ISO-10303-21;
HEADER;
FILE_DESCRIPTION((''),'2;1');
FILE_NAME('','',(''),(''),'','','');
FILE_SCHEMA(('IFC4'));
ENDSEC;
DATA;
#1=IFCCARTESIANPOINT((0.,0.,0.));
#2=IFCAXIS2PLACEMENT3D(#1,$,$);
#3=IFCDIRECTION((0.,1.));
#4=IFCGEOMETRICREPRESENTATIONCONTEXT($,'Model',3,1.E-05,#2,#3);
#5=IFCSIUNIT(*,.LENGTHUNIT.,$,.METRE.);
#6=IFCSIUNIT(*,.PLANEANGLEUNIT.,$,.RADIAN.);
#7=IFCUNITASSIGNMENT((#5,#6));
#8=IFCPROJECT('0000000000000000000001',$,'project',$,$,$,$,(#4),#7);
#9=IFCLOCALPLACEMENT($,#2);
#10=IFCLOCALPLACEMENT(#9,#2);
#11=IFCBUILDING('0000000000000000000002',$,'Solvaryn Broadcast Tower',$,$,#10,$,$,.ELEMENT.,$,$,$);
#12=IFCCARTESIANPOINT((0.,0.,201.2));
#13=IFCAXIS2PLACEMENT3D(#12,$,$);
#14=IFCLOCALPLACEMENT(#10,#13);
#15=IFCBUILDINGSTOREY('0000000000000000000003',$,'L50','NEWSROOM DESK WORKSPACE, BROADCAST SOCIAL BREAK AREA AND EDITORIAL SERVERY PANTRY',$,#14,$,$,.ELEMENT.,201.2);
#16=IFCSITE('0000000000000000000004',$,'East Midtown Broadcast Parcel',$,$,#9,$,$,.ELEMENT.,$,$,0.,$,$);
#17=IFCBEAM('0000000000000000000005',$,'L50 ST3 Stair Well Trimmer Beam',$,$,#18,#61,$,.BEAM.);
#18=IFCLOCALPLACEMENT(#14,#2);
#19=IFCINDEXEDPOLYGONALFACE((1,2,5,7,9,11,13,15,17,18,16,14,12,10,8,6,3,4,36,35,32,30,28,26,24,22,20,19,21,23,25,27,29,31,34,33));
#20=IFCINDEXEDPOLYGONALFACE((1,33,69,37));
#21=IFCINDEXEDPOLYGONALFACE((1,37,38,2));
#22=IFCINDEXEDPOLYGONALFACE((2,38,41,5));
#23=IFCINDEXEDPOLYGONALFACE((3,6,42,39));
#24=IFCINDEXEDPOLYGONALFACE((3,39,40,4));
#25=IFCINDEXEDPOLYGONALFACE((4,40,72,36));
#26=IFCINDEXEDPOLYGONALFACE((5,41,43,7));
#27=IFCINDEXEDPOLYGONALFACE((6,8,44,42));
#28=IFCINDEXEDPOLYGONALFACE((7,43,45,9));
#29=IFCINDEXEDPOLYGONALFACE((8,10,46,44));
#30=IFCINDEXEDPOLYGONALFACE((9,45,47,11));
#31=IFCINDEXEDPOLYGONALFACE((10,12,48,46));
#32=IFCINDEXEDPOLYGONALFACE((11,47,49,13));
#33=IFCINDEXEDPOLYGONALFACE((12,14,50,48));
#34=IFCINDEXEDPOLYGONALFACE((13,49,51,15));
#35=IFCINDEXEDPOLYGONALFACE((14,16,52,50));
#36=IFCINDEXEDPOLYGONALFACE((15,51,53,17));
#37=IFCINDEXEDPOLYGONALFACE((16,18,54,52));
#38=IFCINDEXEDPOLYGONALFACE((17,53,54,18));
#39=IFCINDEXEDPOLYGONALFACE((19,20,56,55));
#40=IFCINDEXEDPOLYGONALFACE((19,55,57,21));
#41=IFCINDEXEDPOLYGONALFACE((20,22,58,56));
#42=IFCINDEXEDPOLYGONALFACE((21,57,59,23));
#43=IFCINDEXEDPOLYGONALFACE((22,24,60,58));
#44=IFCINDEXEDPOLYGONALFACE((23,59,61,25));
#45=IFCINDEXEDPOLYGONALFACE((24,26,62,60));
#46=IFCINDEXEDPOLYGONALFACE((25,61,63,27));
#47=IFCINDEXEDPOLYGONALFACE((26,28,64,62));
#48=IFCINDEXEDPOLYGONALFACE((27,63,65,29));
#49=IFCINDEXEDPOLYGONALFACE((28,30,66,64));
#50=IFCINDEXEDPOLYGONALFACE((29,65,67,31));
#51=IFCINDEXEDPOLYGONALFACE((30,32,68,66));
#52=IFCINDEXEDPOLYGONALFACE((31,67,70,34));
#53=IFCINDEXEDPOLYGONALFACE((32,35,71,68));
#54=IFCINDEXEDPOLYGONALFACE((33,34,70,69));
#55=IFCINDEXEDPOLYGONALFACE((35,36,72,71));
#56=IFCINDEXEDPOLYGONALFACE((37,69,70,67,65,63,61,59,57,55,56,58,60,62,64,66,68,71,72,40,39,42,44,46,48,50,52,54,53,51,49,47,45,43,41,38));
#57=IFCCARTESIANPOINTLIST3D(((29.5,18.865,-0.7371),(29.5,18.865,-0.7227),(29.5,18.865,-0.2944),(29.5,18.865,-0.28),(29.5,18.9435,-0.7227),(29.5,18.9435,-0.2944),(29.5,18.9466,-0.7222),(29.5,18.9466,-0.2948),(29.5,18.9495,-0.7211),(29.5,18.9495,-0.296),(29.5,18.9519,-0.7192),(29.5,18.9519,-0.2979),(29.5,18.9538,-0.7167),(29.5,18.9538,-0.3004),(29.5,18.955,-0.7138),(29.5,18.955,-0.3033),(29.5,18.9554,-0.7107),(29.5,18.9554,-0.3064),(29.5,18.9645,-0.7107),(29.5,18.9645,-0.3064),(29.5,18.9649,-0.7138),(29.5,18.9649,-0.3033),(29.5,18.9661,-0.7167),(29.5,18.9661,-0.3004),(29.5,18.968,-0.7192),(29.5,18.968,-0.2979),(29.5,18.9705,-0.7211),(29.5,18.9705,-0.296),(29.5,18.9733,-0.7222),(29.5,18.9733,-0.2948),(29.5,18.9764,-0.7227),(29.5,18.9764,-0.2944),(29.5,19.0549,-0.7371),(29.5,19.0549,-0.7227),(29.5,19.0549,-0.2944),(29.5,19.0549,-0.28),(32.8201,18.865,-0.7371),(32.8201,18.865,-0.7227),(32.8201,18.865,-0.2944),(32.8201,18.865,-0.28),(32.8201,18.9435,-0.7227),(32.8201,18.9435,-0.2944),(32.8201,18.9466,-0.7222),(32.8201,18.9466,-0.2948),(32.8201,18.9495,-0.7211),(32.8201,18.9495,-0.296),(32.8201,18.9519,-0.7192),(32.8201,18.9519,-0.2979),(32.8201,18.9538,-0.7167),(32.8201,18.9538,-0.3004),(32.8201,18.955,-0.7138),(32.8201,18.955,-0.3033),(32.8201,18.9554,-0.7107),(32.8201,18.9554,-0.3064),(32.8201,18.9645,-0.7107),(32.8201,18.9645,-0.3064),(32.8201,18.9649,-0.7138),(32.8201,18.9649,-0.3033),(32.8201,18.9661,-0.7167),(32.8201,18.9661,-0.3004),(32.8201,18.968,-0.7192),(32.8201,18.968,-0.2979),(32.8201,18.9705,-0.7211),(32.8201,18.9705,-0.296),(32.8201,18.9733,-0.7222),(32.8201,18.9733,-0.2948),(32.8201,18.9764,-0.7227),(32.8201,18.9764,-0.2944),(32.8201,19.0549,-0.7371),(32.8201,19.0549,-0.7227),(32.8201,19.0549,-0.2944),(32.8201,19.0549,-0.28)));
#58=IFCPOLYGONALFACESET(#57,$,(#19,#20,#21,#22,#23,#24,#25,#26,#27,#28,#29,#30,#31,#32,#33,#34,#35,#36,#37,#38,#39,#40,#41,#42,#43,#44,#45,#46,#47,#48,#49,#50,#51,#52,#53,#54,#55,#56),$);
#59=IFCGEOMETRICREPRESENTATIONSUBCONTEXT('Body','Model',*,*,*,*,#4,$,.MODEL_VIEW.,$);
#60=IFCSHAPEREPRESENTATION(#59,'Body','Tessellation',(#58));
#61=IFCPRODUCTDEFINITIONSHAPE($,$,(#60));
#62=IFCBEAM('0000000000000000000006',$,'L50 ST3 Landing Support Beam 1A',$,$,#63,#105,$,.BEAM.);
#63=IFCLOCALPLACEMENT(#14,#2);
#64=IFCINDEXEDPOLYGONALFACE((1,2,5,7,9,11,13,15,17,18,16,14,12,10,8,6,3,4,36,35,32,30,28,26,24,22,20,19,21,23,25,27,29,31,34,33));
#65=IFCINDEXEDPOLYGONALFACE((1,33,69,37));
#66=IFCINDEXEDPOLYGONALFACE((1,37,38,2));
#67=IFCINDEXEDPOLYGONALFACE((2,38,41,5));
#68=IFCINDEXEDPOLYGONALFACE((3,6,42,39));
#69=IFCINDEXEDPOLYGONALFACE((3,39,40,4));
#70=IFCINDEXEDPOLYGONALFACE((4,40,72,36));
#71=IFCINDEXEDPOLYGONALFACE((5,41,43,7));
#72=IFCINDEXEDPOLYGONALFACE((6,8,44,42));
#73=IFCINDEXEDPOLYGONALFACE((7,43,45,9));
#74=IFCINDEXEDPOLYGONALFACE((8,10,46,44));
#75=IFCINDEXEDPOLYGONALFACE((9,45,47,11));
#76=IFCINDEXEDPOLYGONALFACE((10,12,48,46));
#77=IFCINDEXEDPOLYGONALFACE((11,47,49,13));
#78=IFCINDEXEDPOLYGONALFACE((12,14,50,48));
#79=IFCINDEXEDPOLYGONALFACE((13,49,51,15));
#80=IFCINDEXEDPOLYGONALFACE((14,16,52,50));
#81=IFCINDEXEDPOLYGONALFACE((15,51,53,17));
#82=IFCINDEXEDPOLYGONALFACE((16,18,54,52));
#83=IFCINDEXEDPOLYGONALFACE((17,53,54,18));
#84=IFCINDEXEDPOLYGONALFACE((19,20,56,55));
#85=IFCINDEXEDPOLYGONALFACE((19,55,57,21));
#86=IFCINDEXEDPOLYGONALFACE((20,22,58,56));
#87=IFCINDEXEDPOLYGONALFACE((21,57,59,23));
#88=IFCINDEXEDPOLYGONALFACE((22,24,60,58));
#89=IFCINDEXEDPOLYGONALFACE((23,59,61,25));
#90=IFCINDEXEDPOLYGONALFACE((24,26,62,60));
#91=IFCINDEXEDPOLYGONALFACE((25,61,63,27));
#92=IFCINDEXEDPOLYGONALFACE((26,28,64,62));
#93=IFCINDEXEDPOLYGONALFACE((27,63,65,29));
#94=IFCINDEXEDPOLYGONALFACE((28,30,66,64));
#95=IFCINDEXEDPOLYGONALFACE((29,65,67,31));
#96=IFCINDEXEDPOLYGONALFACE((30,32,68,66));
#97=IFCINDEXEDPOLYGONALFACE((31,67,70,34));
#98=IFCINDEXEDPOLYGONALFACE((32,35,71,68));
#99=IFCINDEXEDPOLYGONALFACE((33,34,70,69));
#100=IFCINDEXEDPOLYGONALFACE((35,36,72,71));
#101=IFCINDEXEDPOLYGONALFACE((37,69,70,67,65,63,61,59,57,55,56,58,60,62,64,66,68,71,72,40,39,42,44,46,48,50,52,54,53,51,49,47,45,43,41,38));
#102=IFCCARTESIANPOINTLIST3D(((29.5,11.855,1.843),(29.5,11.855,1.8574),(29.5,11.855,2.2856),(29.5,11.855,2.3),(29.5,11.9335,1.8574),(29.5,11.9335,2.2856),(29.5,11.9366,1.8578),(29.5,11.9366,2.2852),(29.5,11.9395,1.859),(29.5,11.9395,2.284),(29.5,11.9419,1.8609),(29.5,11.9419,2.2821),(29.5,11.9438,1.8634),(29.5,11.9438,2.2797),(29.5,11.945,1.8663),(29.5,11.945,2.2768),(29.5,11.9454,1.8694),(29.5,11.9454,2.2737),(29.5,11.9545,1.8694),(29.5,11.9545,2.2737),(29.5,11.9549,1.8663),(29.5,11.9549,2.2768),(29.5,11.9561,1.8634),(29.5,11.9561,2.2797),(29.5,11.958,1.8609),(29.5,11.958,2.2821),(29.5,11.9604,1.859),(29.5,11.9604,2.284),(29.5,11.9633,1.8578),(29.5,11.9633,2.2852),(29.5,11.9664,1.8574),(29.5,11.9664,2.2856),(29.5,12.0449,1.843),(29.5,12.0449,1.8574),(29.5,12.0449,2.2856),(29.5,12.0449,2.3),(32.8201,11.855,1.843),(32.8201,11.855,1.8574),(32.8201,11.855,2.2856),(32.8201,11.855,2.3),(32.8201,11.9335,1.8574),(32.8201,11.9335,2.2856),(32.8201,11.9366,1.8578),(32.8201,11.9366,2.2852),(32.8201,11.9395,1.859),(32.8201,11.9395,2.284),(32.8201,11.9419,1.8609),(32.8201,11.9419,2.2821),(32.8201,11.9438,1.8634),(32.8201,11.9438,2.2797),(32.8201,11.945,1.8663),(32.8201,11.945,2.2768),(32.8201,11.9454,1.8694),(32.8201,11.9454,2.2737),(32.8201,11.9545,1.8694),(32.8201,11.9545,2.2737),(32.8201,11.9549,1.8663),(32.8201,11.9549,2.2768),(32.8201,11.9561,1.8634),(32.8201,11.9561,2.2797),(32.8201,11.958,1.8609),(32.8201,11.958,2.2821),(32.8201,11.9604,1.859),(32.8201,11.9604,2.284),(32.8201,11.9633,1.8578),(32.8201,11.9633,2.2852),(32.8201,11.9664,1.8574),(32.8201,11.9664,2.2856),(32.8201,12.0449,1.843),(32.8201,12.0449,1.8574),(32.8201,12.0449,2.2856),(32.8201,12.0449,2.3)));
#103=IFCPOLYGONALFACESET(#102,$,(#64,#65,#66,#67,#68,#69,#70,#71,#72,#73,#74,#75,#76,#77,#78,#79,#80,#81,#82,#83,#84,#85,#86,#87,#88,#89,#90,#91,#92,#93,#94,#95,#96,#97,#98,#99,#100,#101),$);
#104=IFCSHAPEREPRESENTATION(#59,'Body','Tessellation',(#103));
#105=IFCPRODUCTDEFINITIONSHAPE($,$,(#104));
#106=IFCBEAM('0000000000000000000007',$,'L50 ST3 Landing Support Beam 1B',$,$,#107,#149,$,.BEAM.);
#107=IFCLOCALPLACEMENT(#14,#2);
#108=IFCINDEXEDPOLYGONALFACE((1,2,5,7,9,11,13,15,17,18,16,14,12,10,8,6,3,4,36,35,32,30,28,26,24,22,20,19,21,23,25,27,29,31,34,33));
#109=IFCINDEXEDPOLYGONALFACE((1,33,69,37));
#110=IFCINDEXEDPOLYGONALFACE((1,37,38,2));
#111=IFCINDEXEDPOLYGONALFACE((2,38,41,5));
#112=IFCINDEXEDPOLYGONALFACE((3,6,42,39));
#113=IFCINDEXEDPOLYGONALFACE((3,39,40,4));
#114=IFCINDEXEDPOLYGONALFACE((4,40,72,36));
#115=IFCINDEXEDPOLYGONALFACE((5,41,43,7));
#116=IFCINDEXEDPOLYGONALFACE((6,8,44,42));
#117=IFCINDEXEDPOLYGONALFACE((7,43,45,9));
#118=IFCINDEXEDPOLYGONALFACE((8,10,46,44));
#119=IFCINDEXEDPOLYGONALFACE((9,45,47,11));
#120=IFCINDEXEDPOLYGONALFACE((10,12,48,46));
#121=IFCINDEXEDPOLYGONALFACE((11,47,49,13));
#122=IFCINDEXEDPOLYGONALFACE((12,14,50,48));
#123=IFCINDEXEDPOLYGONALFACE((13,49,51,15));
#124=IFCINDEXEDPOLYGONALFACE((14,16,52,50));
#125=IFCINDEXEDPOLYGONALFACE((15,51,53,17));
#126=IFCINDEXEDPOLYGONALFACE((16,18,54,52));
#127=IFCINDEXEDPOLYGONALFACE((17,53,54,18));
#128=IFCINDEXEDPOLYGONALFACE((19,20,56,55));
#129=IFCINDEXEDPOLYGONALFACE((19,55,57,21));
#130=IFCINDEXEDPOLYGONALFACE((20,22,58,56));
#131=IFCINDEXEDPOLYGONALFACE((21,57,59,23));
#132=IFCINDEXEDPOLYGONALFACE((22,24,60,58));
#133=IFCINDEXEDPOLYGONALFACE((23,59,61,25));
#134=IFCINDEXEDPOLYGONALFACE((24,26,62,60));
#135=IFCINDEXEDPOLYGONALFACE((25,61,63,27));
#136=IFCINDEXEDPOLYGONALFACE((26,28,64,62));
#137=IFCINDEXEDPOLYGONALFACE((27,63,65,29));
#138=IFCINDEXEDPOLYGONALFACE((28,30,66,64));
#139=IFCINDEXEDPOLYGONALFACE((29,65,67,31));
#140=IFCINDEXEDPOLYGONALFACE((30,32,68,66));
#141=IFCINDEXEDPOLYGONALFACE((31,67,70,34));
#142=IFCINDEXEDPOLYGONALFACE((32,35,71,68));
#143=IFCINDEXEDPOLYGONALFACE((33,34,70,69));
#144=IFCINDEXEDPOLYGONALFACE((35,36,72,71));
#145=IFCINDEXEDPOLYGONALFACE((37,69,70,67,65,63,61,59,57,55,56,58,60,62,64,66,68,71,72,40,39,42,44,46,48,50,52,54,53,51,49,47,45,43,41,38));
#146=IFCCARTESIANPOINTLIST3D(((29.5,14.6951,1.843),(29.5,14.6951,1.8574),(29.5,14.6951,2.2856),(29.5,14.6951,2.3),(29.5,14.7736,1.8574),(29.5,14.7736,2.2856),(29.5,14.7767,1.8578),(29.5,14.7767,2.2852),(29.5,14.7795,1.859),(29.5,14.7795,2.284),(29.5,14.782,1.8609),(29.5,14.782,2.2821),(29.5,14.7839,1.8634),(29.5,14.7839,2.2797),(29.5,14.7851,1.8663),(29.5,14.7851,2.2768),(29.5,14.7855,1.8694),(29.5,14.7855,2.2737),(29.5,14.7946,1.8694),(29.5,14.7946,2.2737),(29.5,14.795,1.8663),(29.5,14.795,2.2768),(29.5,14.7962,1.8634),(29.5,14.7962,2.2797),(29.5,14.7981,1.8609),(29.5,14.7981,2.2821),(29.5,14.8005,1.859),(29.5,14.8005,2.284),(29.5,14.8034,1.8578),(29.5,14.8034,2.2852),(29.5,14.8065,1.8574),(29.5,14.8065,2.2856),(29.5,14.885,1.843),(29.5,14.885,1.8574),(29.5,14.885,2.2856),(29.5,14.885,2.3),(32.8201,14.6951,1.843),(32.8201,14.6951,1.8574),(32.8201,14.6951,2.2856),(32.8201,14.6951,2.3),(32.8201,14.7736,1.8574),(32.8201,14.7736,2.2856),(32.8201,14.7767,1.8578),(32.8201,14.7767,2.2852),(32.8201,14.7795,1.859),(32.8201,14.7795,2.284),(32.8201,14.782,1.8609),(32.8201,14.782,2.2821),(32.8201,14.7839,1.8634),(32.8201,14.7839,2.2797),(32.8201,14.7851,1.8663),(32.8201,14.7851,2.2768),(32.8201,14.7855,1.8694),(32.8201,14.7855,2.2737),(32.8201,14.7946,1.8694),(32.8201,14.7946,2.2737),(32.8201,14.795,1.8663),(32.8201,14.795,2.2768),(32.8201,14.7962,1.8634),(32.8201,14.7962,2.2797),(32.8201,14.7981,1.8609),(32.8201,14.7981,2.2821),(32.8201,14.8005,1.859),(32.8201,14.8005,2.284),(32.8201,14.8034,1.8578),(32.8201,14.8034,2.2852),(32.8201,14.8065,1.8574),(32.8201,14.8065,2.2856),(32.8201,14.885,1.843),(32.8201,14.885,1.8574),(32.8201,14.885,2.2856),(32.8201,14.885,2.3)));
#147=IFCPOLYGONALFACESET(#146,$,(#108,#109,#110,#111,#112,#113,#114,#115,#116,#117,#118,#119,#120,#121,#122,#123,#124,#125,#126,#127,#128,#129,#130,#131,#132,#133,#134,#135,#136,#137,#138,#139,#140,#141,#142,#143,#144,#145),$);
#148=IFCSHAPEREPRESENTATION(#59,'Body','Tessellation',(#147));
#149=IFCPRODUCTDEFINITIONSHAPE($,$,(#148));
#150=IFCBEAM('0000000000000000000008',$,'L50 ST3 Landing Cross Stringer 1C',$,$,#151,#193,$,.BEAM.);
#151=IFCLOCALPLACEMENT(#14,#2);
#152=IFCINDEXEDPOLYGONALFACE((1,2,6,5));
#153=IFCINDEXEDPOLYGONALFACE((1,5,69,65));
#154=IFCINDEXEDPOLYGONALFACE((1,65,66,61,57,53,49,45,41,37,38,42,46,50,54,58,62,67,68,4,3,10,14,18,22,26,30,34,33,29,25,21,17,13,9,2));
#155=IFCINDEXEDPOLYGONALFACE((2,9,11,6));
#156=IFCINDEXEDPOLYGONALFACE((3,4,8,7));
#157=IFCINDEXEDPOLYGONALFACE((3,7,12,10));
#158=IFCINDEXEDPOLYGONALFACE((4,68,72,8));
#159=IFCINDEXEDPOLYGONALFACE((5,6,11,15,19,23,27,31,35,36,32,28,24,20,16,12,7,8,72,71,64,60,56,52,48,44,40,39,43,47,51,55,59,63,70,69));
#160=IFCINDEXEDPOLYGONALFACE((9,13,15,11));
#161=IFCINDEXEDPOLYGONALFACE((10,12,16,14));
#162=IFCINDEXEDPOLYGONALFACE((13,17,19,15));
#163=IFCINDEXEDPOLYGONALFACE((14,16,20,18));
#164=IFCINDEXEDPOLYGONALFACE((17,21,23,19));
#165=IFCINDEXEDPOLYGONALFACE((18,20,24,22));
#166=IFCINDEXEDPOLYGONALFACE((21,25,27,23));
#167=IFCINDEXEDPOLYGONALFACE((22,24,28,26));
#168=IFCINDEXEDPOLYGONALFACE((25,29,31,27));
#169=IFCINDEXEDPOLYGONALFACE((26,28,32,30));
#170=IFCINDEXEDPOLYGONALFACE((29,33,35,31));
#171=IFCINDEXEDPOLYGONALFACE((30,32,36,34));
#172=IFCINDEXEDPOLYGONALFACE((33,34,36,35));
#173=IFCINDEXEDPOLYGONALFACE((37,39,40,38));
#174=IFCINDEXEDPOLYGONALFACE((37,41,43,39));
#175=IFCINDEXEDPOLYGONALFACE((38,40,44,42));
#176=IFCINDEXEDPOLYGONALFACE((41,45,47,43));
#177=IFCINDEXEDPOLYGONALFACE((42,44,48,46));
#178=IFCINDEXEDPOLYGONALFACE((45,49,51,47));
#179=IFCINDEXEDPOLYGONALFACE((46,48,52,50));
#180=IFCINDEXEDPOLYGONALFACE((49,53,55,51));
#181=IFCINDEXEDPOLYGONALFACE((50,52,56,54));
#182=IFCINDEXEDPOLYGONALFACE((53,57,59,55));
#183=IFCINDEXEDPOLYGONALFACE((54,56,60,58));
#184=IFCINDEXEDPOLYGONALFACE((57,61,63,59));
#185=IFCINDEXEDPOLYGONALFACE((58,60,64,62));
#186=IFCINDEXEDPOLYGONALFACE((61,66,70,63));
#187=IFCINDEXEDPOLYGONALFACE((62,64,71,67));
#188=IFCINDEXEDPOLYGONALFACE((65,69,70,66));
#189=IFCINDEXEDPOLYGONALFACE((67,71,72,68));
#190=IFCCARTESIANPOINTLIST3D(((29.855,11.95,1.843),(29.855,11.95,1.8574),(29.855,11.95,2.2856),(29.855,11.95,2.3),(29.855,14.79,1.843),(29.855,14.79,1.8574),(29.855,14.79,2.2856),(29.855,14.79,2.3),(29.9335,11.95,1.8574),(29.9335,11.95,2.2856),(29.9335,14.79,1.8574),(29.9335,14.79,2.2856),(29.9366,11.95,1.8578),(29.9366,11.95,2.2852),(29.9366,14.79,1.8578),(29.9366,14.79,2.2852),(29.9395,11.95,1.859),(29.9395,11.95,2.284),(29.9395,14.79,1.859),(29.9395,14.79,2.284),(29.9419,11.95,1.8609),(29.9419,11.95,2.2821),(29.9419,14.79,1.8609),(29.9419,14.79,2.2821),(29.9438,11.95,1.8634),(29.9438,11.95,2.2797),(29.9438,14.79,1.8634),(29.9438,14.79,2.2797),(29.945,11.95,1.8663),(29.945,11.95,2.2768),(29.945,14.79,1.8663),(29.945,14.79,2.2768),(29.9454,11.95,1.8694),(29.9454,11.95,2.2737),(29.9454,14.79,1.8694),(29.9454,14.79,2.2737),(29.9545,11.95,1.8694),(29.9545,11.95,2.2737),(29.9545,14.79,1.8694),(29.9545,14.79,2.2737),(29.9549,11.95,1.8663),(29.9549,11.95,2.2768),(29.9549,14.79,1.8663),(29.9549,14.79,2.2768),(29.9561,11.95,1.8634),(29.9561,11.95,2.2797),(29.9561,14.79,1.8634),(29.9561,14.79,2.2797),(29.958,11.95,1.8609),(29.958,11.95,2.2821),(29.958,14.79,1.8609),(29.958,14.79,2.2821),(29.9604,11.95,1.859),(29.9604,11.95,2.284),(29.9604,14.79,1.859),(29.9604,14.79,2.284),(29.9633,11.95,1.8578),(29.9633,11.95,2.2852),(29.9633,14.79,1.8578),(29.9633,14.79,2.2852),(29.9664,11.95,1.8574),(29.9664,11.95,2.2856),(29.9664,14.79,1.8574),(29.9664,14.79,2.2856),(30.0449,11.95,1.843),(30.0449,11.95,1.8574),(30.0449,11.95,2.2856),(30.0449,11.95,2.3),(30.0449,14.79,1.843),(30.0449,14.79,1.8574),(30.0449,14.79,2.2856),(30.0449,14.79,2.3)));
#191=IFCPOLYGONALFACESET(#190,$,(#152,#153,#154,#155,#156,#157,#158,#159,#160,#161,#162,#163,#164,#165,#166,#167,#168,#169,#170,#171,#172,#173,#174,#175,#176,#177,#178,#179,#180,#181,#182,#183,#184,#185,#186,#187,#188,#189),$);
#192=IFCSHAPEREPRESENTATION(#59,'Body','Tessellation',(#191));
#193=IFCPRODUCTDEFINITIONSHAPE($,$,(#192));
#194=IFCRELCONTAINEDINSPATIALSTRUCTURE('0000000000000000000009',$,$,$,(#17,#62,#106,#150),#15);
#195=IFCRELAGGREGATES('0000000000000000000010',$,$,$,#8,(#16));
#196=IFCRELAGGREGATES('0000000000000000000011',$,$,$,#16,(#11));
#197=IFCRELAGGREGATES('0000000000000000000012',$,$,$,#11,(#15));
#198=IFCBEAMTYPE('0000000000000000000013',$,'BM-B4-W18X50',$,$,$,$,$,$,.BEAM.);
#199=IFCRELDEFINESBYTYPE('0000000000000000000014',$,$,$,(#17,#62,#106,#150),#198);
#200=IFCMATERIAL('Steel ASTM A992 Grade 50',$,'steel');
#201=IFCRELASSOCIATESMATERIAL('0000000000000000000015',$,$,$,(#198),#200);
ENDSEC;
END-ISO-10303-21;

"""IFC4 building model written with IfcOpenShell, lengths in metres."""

from ifc_helpers import new_model, si_unit, direction, frame, origin, origin_2d, place, context, subcontext, project, spatial, i_section, extrude, material, material_profile, profile_set, type_object, element, save


model = new_model("IFC4")

# Units and contexts
model_context = context("Model", 3, precision=1e-05, world=origin(), true_north=direction((0.0, 1.0)))
body_context = subcontext(model_context, "Body", "Model", "MODEL_VIEW")
ifc_project = project(units=[si_unit("LENGTHUNIT", "METRE"), si_unit("PLANEANGLEUNIT", "RADIAN")], contexts=[model_context])

# Site, building, storey
site_placement = place(None, origin())
site = spatial("IfcSite", under=ifc_project, at=site_placement, Name="East Midtown Broadcast Parcel", CompositionType="ELEMENT", RefElevation=0.0)
building_placement = place(site_placement, origin())
building = spatial("IfcBuilding", under=site, at=building_placement, Name="Solvaryn Broadcast Tower", CompositionType="ELEMENT")
storey_placement = place(building_placement, frame((0.0, 0.0, 201.2)))
storey = spatial("IfcBuildingStorey", under=building, at=storey_placement, Name="L50", Description="NEWSROOM DESK WORKSPACE, BROADCAST SOCIAL BREAK AREA AND EDITORIAL SERVERY PANTRY", CompositionType="ELEMENT", Elevation=201.2)

# Beams
ifc_material_1 = material(Name="Steel ASTM A992 Grade 50", Category="steel")
ifc_material_profile_1 = material_profile(ifc_material_1, i_section(OverallWidth=0.1899, OverallDepth=0.457, WebThickness=0.009, FlangeThickness=0.0144, FilletRadius=0.012, at=origin_2d()))
ifc_profile_set_1 = profile_set([ifc_material_profile_1], Name="Steel ASTM A992 Grade 50")
beam_type_1 = type_object("IfcBeamType", Name="BM-B4-W18X50", PredefinedType="BEAM", material=ifc_profile_set_1)
for number, where, z_axis, x_axis, name in (
    (1, (29.5, 18.96, -0.5085), (1.0, 0.0, 0.0), (0.0, 1.0, 0.0), "L50 ST3 Stair Well Trimmer Beam"),
    (2, (29.5, 11.95, 2.0715), (1.0, 0.0, 0.0), (0.0, 1.0, 0.0), "L50 ST3 Landing Support Beam 1A"),
    (3, (29.5, 14.79, 2.0715), (1.0, 0.0, 0.0), (0.0, 1.0, 0.0), "L50 ST3 Landing Support Beam 1B"),
):
    element("IfcBeam", number, at=place(storey_placement, frame(where, z_axis=z_axis, x_axis=x_axis)), inside=storey, type_object=beam_type_1, Name=name, PredefinedType="BEAM", context=body_context, shape_type="SweptSolid", body=[
        extrude(i_section(OverallWidth=0.1899, OverallDepth=0.457, WebThickness=0.009, FlangeThickness=0.0144, FilletRadius=0.012, at=origin_2d()), origin(), (0.0, 0.0, 1.0), 3.3201),
    ])
beam_1_placement = place(storey_placement, frame((29.95, 11.95, 2.0715), z_axis=(0.0, 1.0, 0.0), x_axis=(-1.0, 0.0, 0.0)))
element("IfcBeam", 4, at=beam_1_placement, inside=storey, type_object=beam_type_1, Name="L50 ST3 Landing Cross Stringer 1C", PredefinedType="BEAM", context=body_context, shape_type="SweptSolid", body=[
    extrude(i_section(OverallWidth=0.1899, OverallDepth=0.457, WebThickness=0.009, FlangeThickness=0.0144, FilletRadius=0.012, at=origin_2d()), origin(), (0.0, 0.0, 1.0), 2.8401),
])

save(model, "model.ifc")
